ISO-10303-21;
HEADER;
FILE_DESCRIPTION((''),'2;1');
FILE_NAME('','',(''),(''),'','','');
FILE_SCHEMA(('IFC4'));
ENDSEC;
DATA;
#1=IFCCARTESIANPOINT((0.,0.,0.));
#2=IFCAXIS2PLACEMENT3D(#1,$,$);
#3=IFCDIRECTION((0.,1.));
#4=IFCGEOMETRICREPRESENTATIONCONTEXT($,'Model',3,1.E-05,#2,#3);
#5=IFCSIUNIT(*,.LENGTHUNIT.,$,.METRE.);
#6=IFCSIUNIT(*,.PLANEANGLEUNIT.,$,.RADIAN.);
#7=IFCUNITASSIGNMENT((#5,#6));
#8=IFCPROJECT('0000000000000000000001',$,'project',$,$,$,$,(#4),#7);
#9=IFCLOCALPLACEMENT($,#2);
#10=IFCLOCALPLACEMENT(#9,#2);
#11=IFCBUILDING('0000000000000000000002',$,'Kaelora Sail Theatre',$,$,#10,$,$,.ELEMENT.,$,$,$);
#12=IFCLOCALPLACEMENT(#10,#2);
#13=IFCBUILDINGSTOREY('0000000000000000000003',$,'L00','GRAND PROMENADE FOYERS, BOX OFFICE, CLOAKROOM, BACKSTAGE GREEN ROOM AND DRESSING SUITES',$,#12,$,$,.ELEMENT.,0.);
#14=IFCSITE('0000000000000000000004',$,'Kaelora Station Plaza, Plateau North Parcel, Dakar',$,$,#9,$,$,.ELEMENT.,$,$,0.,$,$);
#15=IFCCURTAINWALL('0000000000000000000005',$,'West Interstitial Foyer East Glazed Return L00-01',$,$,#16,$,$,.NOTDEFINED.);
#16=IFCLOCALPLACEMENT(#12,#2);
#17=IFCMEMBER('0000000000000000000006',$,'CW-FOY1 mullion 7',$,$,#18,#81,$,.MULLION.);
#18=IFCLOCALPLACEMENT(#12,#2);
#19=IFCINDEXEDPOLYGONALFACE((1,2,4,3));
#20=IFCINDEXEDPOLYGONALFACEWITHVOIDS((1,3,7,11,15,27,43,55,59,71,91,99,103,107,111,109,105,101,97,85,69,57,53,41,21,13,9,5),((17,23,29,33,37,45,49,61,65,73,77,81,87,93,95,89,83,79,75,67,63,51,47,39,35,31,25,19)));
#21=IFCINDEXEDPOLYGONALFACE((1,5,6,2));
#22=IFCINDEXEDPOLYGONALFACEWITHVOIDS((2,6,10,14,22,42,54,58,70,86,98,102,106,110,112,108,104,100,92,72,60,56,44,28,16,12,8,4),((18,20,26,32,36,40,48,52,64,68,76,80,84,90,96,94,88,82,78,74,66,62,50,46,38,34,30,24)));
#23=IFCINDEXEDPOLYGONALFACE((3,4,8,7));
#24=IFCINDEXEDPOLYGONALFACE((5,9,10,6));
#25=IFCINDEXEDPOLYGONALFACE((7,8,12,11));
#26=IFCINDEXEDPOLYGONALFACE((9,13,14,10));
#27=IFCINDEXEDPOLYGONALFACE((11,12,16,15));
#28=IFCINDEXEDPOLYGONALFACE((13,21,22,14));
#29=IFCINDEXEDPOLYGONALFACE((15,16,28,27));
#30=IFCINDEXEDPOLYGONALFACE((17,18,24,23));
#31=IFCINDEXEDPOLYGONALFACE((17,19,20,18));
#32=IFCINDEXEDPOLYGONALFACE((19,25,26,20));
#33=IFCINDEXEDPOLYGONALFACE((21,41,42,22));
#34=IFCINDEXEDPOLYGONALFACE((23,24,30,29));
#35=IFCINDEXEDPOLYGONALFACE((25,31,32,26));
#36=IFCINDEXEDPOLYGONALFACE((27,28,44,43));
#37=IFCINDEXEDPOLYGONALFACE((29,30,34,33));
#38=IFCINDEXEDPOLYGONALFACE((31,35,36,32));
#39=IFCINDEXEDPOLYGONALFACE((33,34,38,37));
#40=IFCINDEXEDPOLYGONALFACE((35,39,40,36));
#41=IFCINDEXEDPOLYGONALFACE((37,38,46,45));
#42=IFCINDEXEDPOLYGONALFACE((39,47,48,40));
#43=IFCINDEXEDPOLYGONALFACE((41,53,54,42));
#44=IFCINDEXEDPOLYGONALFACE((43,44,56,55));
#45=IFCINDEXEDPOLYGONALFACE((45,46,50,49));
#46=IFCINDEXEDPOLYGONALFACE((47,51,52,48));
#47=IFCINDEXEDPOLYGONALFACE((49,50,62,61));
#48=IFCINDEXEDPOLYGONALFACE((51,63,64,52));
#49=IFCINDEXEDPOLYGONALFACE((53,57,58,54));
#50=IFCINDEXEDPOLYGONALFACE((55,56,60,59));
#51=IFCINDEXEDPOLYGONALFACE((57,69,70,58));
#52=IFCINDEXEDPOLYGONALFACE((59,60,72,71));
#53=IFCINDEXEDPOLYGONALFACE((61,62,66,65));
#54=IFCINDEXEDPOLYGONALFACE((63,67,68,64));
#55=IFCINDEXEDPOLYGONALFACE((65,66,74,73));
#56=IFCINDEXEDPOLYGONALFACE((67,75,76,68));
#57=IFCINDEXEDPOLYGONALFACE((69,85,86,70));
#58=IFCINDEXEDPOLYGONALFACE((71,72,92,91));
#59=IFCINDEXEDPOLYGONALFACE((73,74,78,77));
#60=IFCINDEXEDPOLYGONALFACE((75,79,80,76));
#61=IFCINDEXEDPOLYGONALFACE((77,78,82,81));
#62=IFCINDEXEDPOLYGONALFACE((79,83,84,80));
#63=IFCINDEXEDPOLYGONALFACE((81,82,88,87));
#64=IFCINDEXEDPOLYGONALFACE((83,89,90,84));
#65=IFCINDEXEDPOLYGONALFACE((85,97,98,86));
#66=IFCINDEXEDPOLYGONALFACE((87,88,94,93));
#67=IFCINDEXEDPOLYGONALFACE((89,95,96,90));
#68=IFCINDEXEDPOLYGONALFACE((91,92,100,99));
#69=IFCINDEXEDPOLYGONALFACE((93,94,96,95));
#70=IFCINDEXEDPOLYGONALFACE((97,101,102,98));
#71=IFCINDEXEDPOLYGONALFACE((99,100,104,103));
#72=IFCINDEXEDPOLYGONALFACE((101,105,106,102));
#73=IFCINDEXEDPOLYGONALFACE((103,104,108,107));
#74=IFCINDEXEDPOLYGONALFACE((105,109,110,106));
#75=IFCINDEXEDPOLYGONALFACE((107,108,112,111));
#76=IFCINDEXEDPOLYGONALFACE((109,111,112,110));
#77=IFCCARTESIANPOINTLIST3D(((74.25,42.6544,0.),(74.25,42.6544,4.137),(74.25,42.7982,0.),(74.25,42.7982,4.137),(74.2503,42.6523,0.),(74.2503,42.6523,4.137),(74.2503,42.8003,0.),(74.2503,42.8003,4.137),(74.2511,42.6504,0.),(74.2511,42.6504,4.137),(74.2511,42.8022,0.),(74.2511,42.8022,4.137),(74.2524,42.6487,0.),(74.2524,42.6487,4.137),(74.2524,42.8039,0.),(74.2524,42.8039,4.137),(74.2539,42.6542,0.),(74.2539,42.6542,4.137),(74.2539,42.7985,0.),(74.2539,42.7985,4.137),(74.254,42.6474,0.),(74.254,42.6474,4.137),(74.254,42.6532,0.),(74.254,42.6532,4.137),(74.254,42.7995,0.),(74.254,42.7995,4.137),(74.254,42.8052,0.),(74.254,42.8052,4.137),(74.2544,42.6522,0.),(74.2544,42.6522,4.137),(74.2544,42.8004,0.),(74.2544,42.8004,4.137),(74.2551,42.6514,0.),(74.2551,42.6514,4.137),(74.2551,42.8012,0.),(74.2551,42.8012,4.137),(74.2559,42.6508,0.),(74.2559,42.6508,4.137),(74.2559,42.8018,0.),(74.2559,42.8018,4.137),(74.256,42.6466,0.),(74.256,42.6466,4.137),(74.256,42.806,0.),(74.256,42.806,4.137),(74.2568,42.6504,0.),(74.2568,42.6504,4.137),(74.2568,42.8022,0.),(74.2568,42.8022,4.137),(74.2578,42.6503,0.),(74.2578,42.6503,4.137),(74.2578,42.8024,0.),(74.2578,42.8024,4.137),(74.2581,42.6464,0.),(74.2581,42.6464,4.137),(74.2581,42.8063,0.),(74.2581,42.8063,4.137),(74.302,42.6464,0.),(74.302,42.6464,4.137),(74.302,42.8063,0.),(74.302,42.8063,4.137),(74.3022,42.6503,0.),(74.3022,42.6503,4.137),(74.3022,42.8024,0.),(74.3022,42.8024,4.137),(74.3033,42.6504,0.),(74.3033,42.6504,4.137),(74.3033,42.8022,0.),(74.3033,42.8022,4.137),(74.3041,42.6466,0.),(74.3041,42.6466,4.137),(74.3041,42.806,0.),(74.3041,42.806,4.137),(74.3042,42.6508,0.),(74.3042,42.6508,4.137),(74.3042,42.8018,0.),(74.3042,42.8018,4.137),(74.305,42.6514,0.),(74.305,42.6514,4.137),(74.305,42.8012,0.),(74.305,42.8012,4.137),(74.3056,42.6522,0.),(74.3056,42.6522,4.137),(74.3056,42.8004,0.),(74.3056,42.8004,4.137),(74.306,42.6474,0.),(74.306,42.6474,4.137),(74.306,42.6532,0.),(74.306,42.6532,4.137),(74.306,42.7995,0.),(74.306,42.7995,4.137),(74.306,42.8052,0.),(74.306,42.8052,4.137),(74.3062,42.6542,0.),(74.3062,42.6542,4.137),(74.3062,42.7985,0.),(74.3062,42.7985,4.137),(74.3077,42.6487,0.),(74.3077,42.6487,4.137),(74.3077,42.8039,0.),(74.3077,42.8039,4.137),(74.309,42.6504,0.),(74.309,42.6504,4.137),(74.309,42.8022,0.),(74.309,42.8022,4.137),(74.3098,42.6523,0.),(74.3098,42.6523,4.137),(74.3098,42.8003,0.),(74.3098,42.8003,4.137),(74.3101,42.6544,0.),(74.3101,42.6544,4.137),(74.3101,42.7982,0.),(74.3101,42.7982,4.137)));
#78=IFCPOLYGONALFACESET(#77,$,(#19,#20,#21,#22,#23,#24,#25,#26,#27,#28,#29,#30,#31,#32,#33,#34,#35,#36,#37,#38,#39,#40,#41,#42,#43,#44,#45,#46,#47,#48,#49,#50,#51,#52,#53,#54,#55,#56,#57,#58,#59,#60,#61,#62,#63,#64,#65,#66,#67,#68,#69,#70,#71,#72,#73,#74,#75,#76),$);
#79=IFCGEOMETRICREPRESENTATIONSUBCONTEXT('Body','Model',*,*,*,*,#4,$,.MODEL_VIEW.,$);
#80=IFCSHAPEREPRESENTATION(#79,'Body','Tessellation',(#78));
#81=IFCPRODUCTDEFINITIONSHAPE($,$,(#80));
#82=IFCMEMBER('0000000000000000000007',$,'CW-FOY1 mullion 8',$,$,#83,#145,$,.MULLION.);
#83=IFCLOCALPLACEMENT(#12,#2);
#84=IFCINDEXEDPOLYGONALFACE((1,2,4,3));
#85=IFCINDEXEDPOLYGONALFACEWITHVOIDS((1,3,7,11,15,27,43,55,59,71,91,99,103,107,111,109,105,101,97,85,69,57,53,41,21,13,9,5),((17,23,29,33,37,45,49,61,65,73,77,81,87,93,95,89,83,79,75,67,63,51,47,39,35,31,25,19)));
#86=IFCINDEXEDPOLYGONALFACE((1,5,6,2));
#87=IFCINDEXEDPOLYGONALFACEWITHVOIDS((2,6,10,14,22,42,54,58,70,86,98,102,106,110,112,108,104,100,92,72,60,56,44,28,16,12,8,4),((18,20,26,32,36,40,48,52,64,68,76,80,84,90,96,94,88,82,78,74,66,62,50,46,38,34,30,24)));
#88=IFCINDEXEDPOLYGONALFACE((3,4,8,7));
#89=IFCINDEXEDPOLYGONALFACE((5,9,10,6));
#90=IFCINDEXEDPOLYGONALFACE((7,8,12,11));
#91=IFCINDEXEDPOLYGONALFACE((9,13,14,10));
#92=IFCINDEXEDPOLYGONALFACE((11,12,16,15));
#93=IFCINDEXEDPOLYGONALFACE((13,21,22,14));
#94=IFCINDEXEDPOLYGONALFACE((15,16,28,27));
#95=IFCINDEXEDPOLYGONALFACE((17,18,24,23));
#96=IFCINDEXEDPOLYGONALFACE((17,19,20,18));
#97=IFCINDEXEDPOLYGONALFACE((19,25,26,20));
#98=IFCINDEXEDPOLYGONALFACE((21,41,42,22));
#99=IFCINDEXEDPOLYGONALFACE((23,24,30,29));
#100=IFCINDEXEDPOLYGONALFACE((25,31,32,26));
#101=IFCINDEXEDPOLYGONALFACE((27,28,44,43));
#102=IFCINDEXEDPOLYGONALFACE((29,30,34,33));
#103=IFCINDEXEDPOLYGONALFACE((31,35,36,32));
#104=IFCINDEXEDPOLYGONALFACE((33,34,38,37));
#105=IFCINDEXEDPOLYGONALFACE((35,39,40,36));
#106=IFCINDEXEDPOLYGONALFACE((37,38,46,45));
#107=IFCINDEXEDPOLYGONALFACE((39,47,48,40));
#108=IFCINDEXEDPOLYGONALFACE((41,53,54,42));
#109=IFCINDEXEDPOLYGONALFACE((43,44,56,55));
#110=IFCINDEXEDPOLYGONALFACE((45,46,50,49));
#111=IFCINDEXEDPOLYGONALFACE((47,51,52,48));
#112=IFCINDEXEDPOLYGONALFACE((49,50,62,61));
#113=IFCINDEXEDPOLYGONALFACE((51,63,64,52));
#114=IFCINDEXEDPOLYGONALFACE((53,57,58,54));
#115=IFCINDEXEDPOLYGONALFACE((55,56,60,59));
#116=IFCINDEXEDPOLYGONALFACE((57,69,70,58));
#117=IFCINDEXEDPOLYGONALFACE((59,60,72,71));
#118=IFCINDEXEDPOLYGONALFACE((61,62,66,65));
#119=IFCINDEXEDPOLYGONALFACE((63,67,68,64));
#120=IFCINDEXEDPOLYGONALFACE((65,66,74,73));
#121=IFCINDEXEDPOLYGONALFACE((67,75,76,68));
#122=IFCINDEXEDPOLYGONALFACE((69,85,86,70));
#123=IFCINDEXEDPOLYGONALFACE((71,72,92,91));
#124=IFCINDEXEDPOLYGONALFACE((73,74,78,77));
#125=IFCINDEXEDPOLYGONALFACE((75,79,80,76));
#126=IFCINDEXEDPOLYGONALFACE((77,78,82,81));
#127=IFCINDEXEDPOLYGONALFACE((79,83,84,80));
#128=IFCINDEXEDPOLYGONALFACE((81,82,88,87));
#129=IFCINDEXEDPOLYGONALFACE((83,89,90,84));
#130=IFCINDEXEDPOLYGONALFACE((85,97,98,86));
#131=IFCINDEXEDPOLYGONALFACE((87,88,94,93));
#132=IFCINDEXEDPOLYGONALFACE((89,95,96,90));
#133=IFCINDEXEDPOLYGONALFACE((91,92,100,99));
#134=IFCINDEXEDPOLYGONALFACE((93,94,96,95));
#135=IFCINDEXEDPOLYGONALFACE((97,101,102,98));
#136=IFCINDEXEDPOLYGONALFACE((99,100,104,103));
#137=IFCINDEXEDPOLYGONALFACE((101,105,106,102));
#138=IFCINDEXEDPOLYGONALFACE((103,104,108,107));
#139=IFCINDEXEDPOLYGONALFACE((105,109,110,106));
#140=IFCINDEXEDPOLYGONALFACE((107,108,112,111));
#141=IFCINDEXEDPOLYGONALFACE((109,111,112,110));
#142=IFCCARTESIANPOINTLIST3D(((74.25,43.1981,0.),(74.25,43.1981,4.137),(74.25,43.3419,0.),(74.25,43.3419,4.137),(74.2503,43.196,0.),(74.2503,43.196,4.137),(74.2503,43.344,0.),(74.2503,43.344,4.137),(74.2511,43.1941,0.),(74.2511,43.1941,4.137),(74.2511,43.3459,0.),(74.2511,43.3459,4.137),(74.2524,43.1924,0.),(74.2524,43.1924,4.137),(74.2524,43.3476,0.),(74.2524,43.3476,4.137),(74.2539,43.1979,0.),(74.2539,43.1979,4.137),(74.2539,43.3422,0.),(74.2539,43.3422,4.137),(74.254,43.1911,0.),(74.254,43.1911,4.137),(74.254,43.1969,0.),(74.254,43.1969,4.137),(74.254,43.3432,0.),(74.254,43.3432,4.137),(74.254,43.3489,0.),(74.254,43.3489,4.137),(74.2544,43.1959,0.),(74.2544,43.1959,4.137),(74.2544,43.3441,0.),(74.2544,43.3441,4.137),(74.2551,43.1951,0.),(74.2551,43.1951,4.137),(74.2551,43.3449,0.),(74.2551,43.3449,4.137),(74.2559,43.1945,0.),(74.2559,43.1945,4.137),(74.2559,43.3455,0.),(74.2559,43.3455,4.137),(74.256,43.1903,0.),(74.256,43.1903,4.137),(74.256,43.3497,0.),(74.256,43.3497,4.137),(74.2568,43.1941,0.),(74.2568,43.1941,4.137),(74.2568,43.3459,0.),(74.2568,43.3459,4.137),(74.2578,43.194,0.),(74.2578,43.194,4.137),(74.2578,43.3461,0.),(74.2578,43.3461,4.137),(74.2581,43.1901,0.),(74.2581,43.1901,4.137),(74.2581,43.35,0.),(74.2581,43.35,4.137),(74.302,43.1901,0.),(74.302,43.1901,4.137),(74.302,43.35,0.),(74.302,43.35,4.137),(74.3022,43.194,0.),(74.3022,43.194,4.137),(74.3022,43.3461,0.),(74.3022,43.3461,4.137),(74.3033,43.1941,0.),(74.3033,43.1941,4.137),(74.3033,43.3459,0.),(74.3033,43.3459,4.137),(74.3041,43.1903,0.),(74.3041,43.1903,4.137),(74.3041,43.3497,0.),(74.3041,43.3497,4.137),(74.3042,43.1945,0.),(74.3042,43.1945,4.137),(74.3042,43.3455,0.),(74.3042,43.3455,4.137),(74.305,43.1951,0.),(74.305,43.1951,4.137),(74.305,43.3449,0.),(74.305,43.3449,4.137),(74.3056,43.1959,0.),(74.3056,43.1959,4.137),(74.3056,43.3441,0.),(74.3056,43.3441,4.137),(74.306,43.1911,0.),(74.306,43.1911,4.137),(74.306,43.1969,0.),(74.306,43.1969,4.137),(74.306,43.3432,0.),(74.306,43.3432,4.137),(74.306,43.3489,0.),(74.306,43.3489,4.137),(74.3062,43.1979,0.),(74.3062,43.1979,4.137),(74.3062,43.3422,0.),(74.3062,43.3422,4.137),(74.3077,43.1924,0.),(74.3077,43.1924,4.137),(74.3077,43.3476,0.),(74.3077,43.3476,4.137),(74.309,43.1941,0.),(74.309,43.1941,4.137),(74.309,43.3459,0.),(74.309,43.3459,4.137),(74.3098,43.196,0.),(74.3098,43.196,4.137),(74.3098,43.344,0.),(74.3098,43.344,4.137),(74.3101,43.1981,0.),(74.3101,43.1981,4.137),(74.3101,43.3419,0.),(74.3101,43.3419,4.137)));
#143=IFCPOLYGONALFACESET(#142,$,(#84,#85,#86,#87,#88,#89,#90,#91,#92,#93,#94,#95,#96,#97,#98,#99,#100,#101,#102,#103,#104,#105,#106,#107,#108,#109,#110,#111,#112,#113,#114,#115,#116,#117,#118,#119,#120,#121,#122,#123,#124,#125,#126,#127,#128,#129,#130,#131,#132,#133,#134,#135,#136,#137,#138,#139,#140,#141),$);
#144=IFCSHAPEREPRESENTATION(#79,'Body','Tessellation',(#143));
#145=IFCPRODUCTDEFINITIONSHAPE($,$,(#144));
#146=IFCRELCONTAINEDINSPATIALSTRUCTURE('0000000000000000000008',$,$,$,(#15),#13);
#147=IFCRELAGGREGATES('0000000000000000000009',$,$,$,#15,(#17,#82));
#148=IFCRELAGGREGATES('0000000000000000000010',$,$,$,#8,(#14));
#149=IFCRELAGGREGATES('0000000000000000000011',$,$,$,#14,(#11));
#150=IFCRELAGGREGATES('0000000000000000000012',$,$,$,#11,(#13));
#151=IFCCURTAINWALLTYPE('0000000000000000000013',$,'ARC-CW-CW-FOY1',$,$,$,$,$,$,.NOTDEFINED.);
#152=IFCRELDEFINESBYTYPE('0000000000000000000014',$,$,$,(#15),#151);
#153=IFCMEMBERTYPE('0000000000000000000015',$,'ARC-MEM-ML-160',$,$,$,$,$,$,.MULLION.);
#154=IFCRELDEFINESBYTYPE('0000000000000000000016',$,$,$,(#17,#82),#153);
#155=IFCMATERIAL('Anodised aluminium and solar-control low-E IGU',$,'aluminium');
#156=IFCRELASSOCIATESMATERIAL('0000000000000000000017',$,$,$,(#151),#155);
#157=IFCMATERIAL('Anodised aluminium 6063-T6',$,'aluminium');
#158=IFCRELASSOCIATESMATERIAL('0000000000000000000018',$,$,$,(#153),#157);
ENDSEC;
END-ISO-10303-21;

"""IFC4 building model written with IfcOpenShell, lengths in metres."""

from ifc_helpers import new_model, si_unit, direction, frame, origin, origin_2d, place, context, subcontext, project, spatial, hollow_rectangle, extrude, material, material_profile, profile_set, type_object, element, aggregate, save


model = new_model("IFC4")

# Units and contexts
model_context = context("Model", 3, precision=1e-05, world=origin(), true_north=direction((0.0, 1.0)))
body_context = subcontext(model_context, "Body", "Model", "MODEL_VIEW")
ifc_project = project(units=[si_unit("LENGTHUNIT", "METRE"), si_unit("PLANEANGLEUNIT", "RADIAN")], contexts=[model_context])

# Site, building, storey
site_placement = place(None, origin())
site = spatial("IfcSite", under=ifc_project, at=site_placement, Name="Kaelora Station Plaza, Plateau North Parcel, Dakar", CompositionType="ELEMENT", RefElevation=0.0)
building_placement = place(site_placement, origin())
building = spatial("IfcBuilding", under=site, at=building_placement, Name="Kaelora Sail Theatre", CompositionType="ELEMENT")
storey_placement = place(building_placement, origin())
storey = spatial("IfcBuildingStorey", under=building, at=storey_placement, Name="L00", Description="GRAND PROMENADE FOYERS, BOX OFFICE, CLOAKROOM, BACKSTAGE GREEN ROOM AND DRESSING SUITES", CompositionType="ELEMENT", Elevation=0.0)

# Curtain wall, members
ifc_material_1 = material(Name="Anodised aluminium and solar-control low-E IGU", Category="aluminium")
curtain_wall_type = type_object("IfcCurtainWallType", Name="ARC-CW-CW-FOY1", PredefinedType="NOTDEFINED", material=ifc_material_1)
curtain_wall_1_placement = place(storey_placement, origin())
curtain_wall_1 = element("IfcCurtainWall", 1, at=curtain_wall_1_placement, inside=storey, type_object=curtain_wall_type, Name="West Interstitial Foyer East Glazed Return L00-01", PredefinedType="NOTDEFINED")
ifc_material_2 = material(Name="Anodised aluminium 6063-T6", Category="aluminium")
ifc_material_profile_1 = material_profile(ifc_material_2, hollow_rectangle(XDim=0.0601, YDim=0.1599, WallThickness=0.0039, InnerFilletRadius=0.0039, OuterFilletRadius=0.0081, at=origin_2d()), Name="ALU-MULL 60x160x4")
ifc_profile_set_1 = profile_set([ifc_material_profile_1], Name="Anodised aluminium 6063-T6")
member_type_1 = type_object("IfcMemberType", Name="ARC-MEM-ML-160", PredefinedType="MULLION", material=ifc_profile_set_1)
member_1_placement = place(storey_placement, frame((74.28, 42.7263, 0.0), z_axis=(0.0, 0.0, 1.0), x_axis=(-1.0, 0.0, 0.0)))
member_1 = element("IfcMember", 2, at=member_1_placement, type_object=member_type_1, Name="CW-FOY1 mullion 7", PredefinedType="MULLION", context=body_context, shape_type="SweptSolid", body=[
    extrude(hollow_rectangle(XDim=0.0601, YDim=0.1599, WallThickness=0.0039, InnerFilletRadius=0.0039, OuterFilletRadius=0.0081, at=origin_2d()), origin(), (0.0, 0.0, 1.0), 4.137),
])
member_2_placement = place(storey_placement, frame((74.28, 43.27, 0.0), z_axis=(0.0, 0.0, 1.0), x_axis=(-1.0, 0.0, 0.0)))
member_2 = element("IfcMember", 3, at=member_2_placement, type_object=member_type_1, Name="CW-FOY1 mullion 8", PredefinedType="MULLION", context=body_context, shape_type="SweptSolid", body=[
    extrude(hollow_rectangle(XDim=0.0601, YDim=0.1599, WallThickness=0.0039, InnerFilletRadius=0.0039, OuterFilletRadius=0.0081, at=origin_2d()), origin(), (0.0, 0.0, 1.0), 4.137),
])

aggregate(curtain_wall_1, [member_1, member_2])

save(model, "model.ifc")
